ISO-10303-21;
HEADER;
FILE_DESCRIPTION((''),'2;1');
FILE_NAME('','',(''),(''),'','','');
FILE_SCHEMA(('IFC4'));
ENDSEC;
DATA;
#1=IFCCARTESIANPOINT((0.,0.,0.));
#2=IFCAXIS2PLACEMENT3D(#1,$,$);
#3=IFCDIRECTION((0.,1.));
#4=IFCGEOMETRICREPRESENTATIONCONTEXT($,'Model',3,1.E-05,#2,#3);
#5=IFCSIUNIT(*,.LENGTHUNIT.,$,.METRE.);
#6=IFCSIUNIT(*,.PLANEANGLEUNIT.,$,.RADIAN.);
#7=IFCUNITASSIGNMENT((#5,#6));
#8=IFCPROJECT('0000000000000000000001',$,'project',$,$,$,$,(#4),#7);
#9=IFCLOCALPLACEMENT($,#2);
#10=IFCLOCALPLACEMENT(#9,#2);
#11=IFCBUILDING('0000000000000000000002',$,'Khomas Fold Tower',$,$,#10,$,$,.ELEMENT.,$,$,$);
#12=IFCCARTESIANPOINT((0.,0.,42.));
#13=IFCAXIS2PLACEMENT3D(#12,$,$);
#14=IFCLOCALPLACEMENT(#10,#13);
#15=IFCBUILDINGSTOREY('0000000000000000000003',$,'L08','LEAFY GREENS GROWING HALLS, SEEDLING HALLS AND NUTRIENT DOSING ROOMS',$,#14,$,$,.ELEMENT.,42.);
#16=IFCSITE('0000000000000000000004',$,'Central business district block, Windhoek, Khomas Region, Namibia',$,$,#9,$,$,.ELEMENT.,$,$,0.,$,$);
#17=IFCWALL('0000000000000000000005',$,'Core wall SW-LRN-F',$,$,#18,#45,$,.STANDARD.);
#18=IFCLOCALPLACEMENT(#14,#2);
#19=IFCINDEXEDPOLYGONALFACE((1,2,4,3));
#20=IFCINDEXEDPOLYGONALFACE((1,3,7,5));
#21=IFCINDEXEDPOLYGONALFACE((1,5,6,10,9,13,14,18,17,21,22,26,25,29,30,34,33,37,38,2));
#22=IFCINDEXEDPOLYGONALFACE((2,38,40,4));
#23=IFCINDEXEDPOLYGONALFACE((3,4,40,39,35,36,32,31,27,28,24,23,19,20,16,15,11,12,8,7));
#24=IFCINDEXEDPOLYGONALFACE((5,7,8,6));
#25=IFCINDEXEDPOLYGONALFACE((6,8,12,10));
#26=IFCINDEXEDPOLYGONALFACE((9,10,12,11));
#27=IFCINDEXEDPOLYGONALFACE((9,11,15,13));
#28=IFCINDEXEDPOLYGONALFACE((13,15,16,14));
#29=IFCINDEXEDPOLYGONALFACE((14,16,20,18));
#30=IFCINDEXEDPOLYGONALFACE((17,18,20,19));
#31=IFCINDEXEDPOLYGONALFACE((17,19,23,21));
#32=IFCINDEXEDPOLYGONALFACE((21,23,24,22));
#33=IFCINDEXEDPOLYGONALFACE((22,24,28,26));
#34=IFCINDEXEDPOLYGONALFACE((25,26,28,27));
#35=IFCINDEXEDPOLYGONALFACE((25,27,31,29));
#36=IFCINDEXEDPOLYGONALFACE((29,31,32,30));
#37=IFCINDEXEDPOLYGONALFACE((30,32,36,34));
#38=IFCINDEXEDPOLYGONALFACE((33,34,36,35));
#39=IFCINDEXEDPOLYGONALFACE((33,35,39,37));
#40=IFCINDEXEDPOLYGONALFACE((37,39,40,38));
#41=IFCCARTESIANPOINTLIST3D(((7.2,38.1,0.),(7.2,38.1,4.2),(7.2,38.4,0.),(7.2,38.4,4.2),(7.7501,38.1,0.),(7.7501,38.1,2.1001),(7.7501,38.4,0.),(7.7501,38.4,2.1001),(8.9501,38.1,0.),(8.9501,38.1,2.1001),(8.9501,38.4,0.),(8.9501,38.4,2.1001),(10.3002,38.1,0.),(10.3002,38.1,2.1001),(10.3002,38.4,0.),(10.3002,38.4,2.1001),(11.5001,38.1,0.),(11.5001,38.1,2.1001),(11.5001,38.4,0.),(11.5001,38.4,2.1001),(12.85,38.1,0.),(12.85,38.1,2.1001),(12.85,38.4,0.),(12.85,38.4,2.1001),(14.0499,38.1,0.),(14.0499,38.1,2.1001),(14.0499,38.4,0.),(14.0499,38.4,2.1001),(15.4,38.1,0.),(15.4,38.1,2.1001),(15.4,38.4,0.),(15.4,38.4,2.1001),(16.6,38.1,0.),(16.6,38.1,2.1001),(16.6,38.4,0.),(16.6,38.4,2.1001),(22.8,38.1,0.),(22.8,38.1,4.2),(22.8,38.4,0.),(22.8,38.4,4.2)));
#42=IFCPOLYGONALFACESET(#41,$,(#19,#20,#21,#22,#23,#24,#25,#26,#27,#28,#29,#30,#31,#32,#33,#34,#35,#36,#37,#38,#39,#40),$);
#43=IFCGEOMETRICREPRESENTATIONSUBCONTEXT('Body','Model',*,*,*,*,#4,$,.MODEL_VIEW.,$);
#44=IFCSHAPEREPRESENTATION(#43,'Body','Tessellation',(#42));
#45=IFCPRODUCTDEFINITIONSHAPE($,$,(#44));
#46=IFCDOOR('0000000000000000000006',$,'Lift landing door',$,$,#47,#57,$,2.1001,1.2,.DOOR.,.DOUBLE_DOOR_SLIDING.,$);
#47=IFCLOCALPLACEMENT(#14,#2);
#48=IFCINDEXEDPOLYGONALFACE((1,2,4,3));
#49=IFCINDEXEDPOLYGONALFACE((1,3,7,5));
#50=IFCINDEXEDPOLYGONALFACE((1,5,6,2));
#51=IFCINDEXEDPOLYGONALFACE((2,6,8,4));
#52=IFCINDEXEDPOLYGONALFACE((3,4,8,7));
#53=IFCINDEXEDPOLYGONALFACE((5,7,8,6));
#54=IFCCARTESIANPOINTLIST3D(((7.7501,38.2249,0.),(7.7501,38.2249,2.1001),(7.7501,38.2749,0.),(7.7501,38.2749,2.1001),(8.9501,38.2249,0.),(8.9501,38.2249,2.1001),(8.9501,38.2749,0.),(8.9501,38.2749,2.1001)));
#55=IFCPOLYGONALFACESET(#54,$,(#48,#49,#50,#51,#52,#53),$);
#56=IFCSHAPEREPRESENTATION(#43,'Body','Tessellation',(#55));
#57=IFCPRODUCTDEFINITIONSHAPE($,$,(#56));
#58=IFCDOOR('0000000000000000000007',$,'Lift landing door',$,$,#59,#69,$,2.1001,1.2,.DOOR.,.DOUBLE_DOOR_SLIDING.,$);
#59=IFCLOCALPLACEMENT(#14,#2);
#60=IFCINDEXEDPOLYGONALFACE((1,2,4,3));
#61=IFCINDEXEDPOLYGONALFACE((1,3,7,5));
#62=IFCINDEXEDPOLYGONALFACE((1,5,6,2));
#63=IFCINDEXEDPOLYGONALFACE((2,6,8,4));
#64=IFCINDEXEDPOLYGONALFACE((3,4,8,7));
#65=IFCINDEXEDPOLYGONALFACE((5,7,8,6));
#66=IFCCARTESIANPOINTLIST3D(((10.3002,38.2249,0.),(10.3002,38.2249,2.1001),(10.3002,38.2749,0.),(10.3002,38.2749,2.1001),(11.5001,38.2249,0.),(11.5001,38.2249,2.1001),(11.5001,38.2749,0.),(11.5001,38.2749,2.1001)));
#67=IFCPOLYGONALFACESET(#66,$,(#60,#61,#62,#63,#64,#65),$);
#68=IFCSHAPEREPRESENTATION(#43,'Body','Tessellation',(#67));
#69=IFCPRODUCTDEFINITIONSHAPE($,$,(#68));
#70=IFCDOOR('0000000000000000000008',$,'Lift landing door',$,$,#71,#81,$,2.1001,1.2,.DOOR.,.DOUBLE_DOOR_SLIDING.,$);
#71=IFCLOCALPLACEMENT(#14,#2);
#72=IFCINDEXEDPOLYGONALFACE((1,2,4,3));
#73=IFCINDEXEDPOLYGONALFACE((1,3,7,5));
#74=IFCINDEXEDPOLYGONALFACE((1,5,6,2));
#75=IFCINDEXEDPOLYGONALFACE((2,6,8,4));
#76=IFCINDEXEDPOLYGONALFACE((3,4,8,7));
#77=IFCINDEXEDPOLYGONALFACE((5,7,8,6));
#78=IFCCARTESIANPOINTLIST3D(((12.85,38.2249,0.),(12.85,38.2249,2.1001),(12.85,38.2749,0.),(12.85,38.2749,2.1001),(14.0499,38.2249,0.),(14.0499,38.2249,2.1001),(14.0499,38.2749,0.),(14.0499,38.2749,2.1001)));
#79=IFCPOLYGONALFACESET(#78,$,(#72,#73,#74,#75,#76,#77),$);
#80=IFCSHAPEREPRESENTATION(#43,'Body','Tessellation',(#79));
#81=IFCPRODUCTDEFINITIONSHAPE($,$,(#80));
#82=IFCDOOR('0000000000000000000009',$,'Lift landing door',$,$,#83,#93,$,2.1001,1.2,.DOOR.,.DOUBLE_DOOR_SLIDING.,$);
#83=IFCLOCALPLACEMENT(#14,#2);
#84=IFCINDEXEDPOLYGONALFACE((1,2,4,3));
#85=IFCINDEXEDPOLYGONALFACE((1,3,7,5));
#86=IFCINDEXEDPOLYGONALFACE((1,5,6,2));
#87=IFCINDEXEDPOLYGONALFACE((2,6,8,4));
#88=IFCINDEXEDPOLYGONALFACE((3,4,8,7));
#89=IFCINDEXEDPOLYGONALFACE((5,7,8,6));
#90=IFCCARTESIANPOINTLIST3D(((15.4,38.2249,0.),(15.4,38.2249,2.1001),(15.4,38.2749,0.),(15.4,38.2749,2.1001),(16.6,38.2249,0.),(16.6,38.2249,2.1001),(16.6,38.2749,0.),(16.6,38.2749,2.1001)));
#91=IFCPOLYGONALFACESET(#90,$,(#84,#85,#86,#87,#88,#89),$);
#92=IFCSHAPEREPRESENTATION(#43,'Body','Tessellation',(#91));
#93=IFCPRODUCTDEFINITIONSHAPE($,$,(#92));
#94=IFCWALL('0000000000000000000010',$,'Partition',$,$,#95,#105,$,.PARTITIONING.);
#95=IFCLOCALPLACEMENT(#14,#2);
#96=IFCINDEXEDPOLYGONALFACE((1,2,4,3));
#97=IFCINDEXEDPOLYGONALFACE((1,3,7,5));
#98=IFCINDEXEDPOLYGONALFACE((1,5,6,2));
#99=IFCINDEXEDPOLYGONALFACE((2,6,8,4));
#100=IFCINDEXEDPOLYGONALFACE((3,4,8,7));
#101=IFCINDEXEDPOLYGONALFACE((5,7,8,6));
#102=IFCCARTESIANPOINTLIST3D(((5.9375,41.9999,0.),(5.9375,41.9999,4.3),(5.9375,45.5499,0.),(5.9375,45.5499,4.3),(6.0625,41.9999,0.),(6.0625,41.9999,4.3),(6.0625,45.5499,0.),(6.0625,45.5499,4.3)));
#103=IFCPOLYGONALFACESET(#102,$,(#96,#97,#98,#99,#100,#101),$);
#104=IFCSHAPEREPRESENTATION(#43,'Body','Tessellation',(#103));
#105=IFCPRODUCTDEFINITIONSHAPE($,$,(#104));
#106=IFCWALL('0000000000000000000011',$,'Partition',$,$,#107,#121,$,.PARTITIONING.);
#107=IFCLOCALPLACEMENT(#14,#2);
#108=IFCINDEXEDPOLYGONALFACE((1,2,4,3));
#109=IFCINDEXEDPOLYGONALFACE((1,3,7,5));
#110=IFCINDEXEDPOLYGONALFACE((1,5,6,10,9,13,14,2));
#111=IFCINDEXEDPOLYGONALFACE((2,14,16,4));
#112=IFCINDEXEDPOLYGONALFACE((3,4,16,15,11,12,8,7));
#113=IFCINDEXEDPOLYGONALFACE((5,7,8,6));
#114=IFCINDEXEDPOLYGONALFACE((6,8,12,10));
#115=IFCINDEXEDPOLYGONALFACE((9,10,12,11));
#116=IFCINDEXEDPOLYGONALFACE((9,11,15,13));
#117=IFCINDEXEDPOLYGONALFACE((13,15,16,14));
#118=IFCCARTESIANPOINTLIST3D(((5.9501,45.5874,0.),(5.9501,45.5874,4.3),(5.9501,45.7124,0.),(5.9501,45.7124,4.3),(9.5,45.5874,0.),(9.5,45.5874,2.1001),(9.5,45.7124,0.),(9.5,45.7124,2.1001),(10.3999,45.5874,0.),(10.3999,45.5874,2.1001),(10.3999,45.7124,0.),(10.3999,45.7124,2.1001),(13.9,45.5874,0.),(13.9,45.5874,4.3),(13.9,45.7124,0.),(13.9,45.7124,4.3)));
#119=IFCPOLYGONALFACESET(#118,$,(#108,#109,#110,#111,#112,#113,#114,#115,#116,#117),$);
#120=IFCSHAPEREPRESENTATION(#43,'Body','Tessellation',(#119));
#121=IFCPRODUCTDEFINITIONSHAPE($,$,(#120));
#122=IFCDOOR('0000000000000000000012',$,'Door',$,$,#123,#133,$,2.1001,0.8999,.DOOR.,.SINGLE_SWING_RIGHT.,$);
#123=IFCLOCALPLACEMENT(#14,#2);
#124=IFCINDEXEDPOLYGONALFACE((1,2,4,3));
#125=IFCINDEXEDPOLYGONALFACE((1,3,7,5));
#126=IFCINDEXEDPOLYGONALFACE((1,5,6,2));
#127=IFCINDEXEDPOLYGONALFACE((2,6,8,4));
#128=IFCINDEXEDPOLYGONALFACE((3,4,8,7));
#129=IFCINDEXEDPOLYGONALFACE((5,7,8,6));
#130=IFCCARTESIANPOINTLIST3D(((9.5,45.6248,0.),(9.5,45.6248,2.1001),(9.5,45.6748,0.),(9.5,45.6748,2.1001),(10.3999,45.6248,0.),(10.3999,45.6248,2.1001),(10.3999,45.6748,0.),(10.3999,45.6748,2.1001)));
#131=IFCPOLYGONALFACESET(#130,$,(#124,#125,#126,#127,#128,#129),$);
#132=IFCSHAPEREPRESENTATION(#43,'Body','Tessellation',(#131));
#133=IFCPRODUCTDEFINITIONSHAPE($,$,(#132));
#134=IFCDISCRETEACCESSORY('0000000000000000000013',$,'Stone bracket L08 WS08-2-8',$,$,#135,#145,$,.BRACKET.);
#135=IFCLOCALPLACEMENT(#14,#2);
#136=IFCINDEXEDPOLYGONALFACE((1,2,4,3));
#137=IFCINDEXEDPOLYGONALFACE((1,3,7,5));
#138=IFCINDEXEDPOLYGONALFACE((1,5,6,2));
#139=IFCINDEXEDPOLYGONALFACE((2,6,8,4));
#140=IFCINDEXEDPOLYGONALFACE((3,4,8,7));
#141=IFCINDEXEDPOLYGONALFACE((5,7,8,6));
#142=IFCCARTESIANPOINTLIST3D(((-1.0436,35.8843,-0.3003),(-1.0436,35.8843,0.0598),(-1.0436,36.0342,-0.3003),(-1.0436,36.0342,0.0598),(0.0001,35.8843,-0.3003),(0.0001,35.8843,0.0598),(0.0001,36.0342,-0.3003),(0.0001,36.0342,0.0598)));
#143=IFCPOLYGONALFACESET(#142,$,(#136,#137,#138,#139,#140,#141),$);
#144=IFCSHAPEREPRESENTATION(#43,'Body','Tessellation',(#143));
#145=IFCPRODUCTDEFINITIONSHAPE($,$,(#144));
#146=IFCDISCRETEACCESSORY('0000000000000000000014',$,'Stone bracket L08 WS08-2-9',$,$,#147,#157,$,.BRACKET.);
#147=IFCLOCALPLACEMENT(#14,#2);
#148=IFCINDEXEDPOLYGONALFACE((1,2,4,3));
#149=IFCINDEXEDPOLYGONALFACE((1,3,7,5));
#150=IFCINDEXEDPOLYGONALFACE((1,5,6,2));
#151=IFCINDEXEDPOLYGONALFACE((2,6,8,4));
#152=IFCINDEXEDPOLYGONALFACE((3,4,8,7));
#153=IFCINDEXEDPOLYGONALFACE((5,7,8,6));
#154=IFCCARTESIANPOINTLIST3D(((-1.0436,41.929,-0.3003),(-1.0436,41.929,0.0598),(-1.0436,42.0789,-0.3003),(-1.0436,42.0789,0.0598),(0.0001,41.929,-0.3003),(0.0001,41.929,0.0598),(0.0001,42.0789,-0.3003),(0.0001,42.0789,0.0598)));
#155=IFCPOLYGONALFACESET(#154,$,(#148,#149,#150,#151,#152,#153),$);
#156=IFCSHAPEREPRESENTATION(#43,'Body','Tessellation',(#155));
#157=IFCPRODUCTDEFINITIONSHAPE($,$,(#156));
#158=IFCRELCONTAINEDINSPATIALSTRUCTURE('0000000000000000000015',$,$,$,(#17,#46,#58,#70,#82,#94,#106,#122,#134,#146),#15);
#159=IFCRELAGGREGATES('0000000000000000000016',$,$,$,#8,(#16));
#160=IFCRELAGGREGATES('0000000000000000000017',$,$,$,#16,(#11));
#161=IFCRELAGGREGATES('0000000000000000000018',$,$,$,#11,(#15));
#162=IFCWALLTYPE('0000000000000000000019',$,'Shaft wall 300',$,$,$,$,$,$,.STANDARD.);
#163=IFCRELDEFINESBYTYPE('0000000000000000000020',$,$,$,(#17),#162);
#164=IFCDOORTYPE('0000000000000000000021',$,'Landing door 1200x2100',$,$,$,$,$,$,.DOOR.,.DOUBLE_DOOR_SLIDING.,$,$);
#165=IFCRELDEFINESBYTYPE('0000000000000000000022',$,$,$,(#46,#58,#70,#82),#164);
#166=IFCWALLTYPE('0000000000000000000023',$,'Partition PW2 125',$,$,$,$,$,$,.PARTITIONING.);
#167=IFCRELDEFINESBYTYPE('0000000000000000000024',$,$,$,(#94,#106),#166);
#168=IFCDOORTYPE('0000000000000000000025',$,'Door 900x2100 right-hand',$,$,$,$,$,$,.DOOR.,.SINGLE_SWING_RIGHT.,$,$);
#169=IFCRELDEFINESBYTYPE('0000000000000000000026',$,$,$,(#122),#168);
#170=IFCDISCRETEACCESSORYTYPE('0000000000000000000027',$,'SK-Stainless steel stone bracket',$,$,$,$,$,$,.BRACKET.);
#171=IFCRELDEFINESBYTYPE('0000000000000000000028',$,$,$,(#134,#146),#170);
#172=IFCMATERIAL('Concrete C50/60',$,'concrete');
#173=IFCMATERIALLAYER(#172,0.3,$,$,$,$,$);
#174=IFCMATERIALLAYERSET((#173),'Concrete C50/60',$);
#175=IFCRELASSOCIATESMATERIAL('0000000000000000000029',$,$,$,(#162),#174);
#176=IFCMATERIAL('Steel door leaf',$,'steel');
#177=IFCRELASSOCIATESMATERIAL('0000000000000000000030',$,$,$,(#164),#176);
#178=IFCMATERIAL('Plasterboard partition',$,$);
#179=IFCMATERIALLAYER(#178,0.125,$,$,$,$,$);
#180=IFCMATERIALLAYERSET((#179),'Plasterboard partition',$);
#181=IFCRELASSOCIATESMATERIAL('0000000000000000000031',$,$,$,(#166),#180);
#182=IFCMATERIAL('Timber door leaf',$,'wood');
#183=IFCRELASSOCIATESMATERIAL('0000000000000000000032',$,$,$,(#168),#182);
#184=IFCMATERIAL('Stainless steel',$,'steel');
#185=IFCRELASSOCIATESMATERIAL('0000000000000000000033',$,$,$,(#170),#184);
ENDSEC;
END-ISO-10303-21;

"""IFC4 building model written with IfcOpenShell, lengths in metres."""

from ifc_helpers import new_model, si_unit, direction, frame, frame_2d, origin, origin_2d, place, context, subcontext, project, spatial, rectangle, extrude, source, transform, mapped, material, layer, layer_set, type_object, element, fill, save


model = new_model("IFC4")

# Units and contexts
model_context = context("Model", 3, precision=1e-05, world=origin(), true_north=direction((0.0, 1.0)))
body_context = subcontext(model_context, "Body", "Model", "MODEL_VIEW")
ifc_project = project(units=[si_unit("LENGTHUNIT", "METRE"), si_unit("PLANEANGLEUNIT", "RADIAN")], contexts=[model_context])

# Site, building, storey
site_placement = place(None, origin())
site = spatial("IfcSite", under=ifc_project, at=site_placement, Name="Central business district block, Windhoek, Khomas Region, Namibia", CompositionType="ELEMENT", RefElevation=0.0)
building_placement = place(site_placement, origin())
building = spatial("IfcBuilding", under=site, at=building_placement, Name="Khomas Fold Tower", CompositionType="ELEMENT")
storey_placement = place(building_placement, frame((0.0, 0.0, 42.0)))
storey = spatial("IfcBuildingStorey", under=building, at=storey_placement, Name="L08", Description="LEAFY GREENS GROWING HALLS, SEEDLING HALLS AND NUTRIENT DOSING ROOMS", CompositionType="ELEMENT", Elevation=42.0)

# Wall, openings, doors
ifc_material_1 = material(Name="Concrete C50/60", Category="concrete")
ifc_layer_1 = layer(ifc_material_1, 0.3)
ifc_layer_set_1 = layer_set([ifc_layer_1], Name="Concrete C50/60")
wall_type_1 = type_object("IfcWallType", Name="Shaft wall 300", PredefinedType="STANDARD", material=ifc_layer_set_1)
shared_shape_1 = source(origin(), body_context, "Body", "SweptSolid", [
    extrude(rectangle(XDim=15.6001, YDim=0.3, at=frame_2d((7.8, 0.0))), origin(), (0.0, 0.0, 1.0), 4.2),
])
wall_1_placement = place(storey_placement, frame((7.2, 38.25, 0.0), z_axis=(0.0, 0.0, 1.0), x_axis=(1.0, 0.0, 0.0)))
wall_1 = element("IfcWall", 1, at=wall_1_placement, inside=storey, type_object=wall_type_1, Name="Core wall SW-LRN-F", PredefinedType="STANDARD", context=body_context, shape_type="MappedRepresentation", body=[
    mapped(shared_shape_1, transform((0.0, 0.0, 0.0))),
])
shared_shape_2 = source(origin(), body_context, "Body", "SweptSolid", [
    extrude(rectangle(XDim=1.2, YDim=2.1001, at=frame_2d((0.6001, 1.05))), frame((0.0, 0.1599, 0.0), z_axis=(0.0, -1.0, 0.0), x_axis=(1.0, 0.0, 0.0)), (0.0, 0.0, 1.0), 0.3201),
])
opening_1_placement = place(wall_1_placement, frame((0.55, 0.0, 0.0)))
opening_1 = element("IfcOpeningElement", 2, at=opening_1_placement, cuts=wall_1, PredefinedType="OPENING", context=body_context, shape_type="MappedRepresentation", body=[
    mapped(shared_shape_2, transform((0.0, 0.0, 0.0))),
])
opening_2_placement = place(wall_1_placement, frame((3.1001, 0.0, 0.0)))
opening_2 = element("IfcOpeningElement", 3, at=opening_2_placement, cuts=wall_1, PredefinedType="OPENING", context=body_context, shape_type="MappedRepresentation", body=[
    mapped(shared_shape_2, transform((0.0, 0.0, 0.0))),
])
opening_3_placement = place(wall_1_placement, frame((5.6499, 0.0, 0.0)))
opening_3 = element("IfcOpeningElement", 4, at=opening_3_placement, cuts=wall_1, PredefinedType="OPENING", context=body_context, shape_type="MappedRepresentation", body=[
    mapped(shared_shape_2, transform((0.0, 0.0, 0.0))),
])
opening_4_placement = place(wall_1_placement, frame((8.2, 0.0, 0.0)))
opening_4 = element("IfcOpeningElement", 5, at=opening_4_placement, cuts=wall_1, PredefinedType="OPENING", context=body_context, shape_type="MappedRepresentation", body=[
    mapped(shared_shape_2, transform((0.0, 0.0, 0.0))),
])
ifc_material_2 = material(Name="Steel door leaf", Category="steel")
door_type_1 = type_object("IfcDoorType", Name="Landing door 1200x2100", OperationType="DOUBLE_DOOR_SLIDING", PredefinedType="DOOR", material=ifc_material_2)
shared_shape_3 = source(origin(), body_context, "Body", "SweptSolid", [
    extrude(rectangle(XDim=1.2, YDim=2.1001, at=frame_2d((0.6001, 1.05))), frame((0.0, 0.0249, 0.0), z_axis=(0.0, -1.0, 0.0), x_axis=(1.0, 0.0, 0.0)), (0.0, 0.0, 1.0), 0.05),
])
door_1_placement = place(opening_1_placement, origin())
door_1 = element("IfcDoor", 6, at=door_1_placement, inside=storey, type_object=door_type_1, Name="Lift landing door", OperationType="DOUBLE_DOOR_SLIDING", OverallHeight=2.1001, OverallWidth=1.2, PredefinedType="DOOR", context=body_context, shape_type="MappedRepresentation", body=[
    mapped(shared_shape_3, transform((0.0, 0.0, 0.0))),
])
fill(opening_1, door_1)
door_2_placement = place(opening_2_placement, origin())
door_2 = element("IfcDoor", 7, at=door_2_placement, inside=storey, type_object=door_type_1, Name="Lift landing door", OperationType="DOUBLE_DOOR_SLIDING", OverallHeight=2.1001, OverallWidth=1.2, PredefinedType="DOOR", context=body_context, shape_type="MappedRepresentation", body=[
    mapped(shared_shape_3, transform((0.0, 0.0, 0.0))),
])
fill(opening_2, door_2)
door_3_placement = place(opening_3_placement, origin())
door_3 = element("IfcDoor", 8, at=door_3_placement, inside=storey, type_object=door_type_1, Name="Lift landing door", OperationType="DOUBLE_DOOR_SLIDING", OverallHeight=2.1001, OverallWidth=1.2, PredefinedType="DOOR", context=body_context, shape_type="MappedRepresentation", body=[
    mapped(shared_shape_3, transform((0.0, 0.0, 0.0))),
])
fill(opening_3, door_3)
door_4_placement = place(opening_4_placement, origin())
door_4 = element("IfcDoor", 9, at=door_4_placement, inside=storey, type_object=door_type_1, Name="Lift landing door", OperationType="DOUBLE_DOOR_SLIDING", OverallHeight=2.1001, OverallWidth=1.2, PredefinedType="DOOR", context=body_context, shape_type="MappedRepresentation", body=[
    mapped(shared_shape_3, transform((0.0, 0.0, 0.0))),
])
fill(opening_4, door_4)

# Wall
ifc_material_3 = material(Name="Plasterboard partition")
ifc_layer_2 = layer(ifc_material_3, 0.125)
ifc_layer_set_2 = layer_set([ifc_layer_2], Name="Plasterboard partition")
wall_type_2 = type_object("IfcWallType", Name="Partition PW2 125", PredefinedType="PARTITIONING", material=ifc_layer_set_2)
shared_shape_4 = source(origin(), body_context, "Body", "SweptSolid", [
    extrude(rectangle(XDim=3.55, YDim=0.125, at=frame_2d((1.7749, 0.0))), origin(), (0.0, 0.0, 1.0), 4.3),
])
wall_2_placement = place(storey_placement, frame((6.0, 42.0, 0.0), z_axis=(0.0, 0.0, 1.0), x_axis=(0.0, 1.0, 0.0)))
element("IfcWall", 10, at=wall_2_placement, inside=storey, type_object=wall_type_2, Name="Partition", PredefinedType="PARTITIONING", context=body_context, shape_type="MappedRepresentation", body=[
    mapped(shared_shape_4, transform((0.0, 0.0, 0.0))),
])

# Wall, opening, door
shared_shape_5 = source(origin(), body_context, "Body", "SweptSolid", [
    extrude(rectangle(XDim=7.95, YDim=0.125, at=frame_2d((3.9751, 0.0))), origin(), (0.0, 0.0, 1.0), 4.3),
])
wall_3_placement = place(storey_placement, frame((5.95, 45.6499, 0.0), z_axis=(0.0, 0.0, 1.0), x_axis=(1.0, 0.0, 0.0)))
wall_3 = element("IfcWall", 11, at=wall_3_placement, inside=storey, type_object=wall_type_2, Name="Partition", PredefinedType="PARTITIONING", context=body_context, shape_type="MappedRepresentation", body=[
    mapped(shared_shape_5, transform((0.0, 0.0, 0.0))),
])
shared_shape_6 = source(origin(), body_context, "Body", "SweptSolid", [
    extrude(rectangle(XDim=0.8999, YDim=2.1001, at=frame_2d((0.45, 1.05))), frame((0.0, 0.0725, 0.0), z_axis=(0.0, -1.0, 0.0), x_axis=(1.0, 0.0, 0.0)), (0.0, 0.0, 1.0), 0.145),
])
opening_5_placement = place(wall_3_placement, frame((3.55, 0.0, 0.0)))
opening_5 = element("IfcOpeningElement", 12, at=opening_5_placement, cuts=wall_3, PredefinedType="OPENING", context=body_context, shape_type="MappedRepresentation", body=[
    mapped(shared_shape_6, transform((0.0, 0.0, 0.0))),
])
ifc_material_4 = material(Name="Timber door leaf", Category="wood")
door_type_2 = type_object("IfcDoorType", Name="Door 900x2100 right-hand", OperationType="SINGLE_SWING_RIGHT", PredefinedType="DOOR", material=ifc_material_4)
shared_shape_7 = source(origin(), body_context, "Body", "SweptSolid", [
    extrude(rectangle(XDim=0.8999, YDim=2.1001, at=frame_2d((0.45, 1.05))), frame((0.0, 0.0249, 0.0), z_axis=(0.0, -1.0, 0.0), x_axis=(1.0, 0.0, 0.0)), (0.0, 0.0, 1.0), 0.05),
])
door_5_placement = place(opening_5_placement, origin())
door_5 = element("IfcDoor", 13, at=door_5_placement, inside=storey, type_object=door_type_2, Name="Door", OperationType="SINGLE_SWING_RIGHT", OverallHeight=2.1001, OverallWidth=0.8999, PredefinedType="DOOR", context=body_context, shape_type="MappedRepresentation", body=[
    mapped(shared_shape_7, transform((0.0, 0.0, 0.0))),
])
fill(opening_5, door_5)

# Discrete accessories
ifc_material_5 = material(Name="Stainless steel", Category="steel")
discrete_accessory_type = type_object("IfcDiscreteAccessoryType", Name="SK-Stainless steel stone bracket", PredefinedType="BRACKET", material=ifc_material_5)
shared_shape_8 = source(origin(), body_context, "Body", "SweptSolid", [
    extrude(rectangle(XDim=1.0437, YDim=0.1499, at=origin_2d()), origin(), (0.0, 0.0, 1.0), 0.3601),
])
for number, where, z_axis, x_axis, name in (
    (14, (-0.5217, 35.9592, -0.3003), (0.0, 0.0, 1.0), (-1.0, 0.0, 0.0), "Stone bracket L08 WS08-2-8"),
    (15, (-0.5217, 42.0039, -0.3003), (0.0, 0.0, 1.0), (-1.0, 0.0, 0.0), "Stone bracket L08 WS08-2-9"),
):
    element("IfcDiscreteAccessory", number, at=place(storey_placement, frame(where, z_axis=z_axis, x_axis=x_axis)), inside=storey, type_object=discrete_accessory_type, Name=name, PredefinedType="BRACKET", context=body_context, shape_type="MappedRepresentation", body=[
        mapped(shared_shape_8, transform((0.0, 0.0, 0.0))),
    ])

save(model, "model.ifc")
